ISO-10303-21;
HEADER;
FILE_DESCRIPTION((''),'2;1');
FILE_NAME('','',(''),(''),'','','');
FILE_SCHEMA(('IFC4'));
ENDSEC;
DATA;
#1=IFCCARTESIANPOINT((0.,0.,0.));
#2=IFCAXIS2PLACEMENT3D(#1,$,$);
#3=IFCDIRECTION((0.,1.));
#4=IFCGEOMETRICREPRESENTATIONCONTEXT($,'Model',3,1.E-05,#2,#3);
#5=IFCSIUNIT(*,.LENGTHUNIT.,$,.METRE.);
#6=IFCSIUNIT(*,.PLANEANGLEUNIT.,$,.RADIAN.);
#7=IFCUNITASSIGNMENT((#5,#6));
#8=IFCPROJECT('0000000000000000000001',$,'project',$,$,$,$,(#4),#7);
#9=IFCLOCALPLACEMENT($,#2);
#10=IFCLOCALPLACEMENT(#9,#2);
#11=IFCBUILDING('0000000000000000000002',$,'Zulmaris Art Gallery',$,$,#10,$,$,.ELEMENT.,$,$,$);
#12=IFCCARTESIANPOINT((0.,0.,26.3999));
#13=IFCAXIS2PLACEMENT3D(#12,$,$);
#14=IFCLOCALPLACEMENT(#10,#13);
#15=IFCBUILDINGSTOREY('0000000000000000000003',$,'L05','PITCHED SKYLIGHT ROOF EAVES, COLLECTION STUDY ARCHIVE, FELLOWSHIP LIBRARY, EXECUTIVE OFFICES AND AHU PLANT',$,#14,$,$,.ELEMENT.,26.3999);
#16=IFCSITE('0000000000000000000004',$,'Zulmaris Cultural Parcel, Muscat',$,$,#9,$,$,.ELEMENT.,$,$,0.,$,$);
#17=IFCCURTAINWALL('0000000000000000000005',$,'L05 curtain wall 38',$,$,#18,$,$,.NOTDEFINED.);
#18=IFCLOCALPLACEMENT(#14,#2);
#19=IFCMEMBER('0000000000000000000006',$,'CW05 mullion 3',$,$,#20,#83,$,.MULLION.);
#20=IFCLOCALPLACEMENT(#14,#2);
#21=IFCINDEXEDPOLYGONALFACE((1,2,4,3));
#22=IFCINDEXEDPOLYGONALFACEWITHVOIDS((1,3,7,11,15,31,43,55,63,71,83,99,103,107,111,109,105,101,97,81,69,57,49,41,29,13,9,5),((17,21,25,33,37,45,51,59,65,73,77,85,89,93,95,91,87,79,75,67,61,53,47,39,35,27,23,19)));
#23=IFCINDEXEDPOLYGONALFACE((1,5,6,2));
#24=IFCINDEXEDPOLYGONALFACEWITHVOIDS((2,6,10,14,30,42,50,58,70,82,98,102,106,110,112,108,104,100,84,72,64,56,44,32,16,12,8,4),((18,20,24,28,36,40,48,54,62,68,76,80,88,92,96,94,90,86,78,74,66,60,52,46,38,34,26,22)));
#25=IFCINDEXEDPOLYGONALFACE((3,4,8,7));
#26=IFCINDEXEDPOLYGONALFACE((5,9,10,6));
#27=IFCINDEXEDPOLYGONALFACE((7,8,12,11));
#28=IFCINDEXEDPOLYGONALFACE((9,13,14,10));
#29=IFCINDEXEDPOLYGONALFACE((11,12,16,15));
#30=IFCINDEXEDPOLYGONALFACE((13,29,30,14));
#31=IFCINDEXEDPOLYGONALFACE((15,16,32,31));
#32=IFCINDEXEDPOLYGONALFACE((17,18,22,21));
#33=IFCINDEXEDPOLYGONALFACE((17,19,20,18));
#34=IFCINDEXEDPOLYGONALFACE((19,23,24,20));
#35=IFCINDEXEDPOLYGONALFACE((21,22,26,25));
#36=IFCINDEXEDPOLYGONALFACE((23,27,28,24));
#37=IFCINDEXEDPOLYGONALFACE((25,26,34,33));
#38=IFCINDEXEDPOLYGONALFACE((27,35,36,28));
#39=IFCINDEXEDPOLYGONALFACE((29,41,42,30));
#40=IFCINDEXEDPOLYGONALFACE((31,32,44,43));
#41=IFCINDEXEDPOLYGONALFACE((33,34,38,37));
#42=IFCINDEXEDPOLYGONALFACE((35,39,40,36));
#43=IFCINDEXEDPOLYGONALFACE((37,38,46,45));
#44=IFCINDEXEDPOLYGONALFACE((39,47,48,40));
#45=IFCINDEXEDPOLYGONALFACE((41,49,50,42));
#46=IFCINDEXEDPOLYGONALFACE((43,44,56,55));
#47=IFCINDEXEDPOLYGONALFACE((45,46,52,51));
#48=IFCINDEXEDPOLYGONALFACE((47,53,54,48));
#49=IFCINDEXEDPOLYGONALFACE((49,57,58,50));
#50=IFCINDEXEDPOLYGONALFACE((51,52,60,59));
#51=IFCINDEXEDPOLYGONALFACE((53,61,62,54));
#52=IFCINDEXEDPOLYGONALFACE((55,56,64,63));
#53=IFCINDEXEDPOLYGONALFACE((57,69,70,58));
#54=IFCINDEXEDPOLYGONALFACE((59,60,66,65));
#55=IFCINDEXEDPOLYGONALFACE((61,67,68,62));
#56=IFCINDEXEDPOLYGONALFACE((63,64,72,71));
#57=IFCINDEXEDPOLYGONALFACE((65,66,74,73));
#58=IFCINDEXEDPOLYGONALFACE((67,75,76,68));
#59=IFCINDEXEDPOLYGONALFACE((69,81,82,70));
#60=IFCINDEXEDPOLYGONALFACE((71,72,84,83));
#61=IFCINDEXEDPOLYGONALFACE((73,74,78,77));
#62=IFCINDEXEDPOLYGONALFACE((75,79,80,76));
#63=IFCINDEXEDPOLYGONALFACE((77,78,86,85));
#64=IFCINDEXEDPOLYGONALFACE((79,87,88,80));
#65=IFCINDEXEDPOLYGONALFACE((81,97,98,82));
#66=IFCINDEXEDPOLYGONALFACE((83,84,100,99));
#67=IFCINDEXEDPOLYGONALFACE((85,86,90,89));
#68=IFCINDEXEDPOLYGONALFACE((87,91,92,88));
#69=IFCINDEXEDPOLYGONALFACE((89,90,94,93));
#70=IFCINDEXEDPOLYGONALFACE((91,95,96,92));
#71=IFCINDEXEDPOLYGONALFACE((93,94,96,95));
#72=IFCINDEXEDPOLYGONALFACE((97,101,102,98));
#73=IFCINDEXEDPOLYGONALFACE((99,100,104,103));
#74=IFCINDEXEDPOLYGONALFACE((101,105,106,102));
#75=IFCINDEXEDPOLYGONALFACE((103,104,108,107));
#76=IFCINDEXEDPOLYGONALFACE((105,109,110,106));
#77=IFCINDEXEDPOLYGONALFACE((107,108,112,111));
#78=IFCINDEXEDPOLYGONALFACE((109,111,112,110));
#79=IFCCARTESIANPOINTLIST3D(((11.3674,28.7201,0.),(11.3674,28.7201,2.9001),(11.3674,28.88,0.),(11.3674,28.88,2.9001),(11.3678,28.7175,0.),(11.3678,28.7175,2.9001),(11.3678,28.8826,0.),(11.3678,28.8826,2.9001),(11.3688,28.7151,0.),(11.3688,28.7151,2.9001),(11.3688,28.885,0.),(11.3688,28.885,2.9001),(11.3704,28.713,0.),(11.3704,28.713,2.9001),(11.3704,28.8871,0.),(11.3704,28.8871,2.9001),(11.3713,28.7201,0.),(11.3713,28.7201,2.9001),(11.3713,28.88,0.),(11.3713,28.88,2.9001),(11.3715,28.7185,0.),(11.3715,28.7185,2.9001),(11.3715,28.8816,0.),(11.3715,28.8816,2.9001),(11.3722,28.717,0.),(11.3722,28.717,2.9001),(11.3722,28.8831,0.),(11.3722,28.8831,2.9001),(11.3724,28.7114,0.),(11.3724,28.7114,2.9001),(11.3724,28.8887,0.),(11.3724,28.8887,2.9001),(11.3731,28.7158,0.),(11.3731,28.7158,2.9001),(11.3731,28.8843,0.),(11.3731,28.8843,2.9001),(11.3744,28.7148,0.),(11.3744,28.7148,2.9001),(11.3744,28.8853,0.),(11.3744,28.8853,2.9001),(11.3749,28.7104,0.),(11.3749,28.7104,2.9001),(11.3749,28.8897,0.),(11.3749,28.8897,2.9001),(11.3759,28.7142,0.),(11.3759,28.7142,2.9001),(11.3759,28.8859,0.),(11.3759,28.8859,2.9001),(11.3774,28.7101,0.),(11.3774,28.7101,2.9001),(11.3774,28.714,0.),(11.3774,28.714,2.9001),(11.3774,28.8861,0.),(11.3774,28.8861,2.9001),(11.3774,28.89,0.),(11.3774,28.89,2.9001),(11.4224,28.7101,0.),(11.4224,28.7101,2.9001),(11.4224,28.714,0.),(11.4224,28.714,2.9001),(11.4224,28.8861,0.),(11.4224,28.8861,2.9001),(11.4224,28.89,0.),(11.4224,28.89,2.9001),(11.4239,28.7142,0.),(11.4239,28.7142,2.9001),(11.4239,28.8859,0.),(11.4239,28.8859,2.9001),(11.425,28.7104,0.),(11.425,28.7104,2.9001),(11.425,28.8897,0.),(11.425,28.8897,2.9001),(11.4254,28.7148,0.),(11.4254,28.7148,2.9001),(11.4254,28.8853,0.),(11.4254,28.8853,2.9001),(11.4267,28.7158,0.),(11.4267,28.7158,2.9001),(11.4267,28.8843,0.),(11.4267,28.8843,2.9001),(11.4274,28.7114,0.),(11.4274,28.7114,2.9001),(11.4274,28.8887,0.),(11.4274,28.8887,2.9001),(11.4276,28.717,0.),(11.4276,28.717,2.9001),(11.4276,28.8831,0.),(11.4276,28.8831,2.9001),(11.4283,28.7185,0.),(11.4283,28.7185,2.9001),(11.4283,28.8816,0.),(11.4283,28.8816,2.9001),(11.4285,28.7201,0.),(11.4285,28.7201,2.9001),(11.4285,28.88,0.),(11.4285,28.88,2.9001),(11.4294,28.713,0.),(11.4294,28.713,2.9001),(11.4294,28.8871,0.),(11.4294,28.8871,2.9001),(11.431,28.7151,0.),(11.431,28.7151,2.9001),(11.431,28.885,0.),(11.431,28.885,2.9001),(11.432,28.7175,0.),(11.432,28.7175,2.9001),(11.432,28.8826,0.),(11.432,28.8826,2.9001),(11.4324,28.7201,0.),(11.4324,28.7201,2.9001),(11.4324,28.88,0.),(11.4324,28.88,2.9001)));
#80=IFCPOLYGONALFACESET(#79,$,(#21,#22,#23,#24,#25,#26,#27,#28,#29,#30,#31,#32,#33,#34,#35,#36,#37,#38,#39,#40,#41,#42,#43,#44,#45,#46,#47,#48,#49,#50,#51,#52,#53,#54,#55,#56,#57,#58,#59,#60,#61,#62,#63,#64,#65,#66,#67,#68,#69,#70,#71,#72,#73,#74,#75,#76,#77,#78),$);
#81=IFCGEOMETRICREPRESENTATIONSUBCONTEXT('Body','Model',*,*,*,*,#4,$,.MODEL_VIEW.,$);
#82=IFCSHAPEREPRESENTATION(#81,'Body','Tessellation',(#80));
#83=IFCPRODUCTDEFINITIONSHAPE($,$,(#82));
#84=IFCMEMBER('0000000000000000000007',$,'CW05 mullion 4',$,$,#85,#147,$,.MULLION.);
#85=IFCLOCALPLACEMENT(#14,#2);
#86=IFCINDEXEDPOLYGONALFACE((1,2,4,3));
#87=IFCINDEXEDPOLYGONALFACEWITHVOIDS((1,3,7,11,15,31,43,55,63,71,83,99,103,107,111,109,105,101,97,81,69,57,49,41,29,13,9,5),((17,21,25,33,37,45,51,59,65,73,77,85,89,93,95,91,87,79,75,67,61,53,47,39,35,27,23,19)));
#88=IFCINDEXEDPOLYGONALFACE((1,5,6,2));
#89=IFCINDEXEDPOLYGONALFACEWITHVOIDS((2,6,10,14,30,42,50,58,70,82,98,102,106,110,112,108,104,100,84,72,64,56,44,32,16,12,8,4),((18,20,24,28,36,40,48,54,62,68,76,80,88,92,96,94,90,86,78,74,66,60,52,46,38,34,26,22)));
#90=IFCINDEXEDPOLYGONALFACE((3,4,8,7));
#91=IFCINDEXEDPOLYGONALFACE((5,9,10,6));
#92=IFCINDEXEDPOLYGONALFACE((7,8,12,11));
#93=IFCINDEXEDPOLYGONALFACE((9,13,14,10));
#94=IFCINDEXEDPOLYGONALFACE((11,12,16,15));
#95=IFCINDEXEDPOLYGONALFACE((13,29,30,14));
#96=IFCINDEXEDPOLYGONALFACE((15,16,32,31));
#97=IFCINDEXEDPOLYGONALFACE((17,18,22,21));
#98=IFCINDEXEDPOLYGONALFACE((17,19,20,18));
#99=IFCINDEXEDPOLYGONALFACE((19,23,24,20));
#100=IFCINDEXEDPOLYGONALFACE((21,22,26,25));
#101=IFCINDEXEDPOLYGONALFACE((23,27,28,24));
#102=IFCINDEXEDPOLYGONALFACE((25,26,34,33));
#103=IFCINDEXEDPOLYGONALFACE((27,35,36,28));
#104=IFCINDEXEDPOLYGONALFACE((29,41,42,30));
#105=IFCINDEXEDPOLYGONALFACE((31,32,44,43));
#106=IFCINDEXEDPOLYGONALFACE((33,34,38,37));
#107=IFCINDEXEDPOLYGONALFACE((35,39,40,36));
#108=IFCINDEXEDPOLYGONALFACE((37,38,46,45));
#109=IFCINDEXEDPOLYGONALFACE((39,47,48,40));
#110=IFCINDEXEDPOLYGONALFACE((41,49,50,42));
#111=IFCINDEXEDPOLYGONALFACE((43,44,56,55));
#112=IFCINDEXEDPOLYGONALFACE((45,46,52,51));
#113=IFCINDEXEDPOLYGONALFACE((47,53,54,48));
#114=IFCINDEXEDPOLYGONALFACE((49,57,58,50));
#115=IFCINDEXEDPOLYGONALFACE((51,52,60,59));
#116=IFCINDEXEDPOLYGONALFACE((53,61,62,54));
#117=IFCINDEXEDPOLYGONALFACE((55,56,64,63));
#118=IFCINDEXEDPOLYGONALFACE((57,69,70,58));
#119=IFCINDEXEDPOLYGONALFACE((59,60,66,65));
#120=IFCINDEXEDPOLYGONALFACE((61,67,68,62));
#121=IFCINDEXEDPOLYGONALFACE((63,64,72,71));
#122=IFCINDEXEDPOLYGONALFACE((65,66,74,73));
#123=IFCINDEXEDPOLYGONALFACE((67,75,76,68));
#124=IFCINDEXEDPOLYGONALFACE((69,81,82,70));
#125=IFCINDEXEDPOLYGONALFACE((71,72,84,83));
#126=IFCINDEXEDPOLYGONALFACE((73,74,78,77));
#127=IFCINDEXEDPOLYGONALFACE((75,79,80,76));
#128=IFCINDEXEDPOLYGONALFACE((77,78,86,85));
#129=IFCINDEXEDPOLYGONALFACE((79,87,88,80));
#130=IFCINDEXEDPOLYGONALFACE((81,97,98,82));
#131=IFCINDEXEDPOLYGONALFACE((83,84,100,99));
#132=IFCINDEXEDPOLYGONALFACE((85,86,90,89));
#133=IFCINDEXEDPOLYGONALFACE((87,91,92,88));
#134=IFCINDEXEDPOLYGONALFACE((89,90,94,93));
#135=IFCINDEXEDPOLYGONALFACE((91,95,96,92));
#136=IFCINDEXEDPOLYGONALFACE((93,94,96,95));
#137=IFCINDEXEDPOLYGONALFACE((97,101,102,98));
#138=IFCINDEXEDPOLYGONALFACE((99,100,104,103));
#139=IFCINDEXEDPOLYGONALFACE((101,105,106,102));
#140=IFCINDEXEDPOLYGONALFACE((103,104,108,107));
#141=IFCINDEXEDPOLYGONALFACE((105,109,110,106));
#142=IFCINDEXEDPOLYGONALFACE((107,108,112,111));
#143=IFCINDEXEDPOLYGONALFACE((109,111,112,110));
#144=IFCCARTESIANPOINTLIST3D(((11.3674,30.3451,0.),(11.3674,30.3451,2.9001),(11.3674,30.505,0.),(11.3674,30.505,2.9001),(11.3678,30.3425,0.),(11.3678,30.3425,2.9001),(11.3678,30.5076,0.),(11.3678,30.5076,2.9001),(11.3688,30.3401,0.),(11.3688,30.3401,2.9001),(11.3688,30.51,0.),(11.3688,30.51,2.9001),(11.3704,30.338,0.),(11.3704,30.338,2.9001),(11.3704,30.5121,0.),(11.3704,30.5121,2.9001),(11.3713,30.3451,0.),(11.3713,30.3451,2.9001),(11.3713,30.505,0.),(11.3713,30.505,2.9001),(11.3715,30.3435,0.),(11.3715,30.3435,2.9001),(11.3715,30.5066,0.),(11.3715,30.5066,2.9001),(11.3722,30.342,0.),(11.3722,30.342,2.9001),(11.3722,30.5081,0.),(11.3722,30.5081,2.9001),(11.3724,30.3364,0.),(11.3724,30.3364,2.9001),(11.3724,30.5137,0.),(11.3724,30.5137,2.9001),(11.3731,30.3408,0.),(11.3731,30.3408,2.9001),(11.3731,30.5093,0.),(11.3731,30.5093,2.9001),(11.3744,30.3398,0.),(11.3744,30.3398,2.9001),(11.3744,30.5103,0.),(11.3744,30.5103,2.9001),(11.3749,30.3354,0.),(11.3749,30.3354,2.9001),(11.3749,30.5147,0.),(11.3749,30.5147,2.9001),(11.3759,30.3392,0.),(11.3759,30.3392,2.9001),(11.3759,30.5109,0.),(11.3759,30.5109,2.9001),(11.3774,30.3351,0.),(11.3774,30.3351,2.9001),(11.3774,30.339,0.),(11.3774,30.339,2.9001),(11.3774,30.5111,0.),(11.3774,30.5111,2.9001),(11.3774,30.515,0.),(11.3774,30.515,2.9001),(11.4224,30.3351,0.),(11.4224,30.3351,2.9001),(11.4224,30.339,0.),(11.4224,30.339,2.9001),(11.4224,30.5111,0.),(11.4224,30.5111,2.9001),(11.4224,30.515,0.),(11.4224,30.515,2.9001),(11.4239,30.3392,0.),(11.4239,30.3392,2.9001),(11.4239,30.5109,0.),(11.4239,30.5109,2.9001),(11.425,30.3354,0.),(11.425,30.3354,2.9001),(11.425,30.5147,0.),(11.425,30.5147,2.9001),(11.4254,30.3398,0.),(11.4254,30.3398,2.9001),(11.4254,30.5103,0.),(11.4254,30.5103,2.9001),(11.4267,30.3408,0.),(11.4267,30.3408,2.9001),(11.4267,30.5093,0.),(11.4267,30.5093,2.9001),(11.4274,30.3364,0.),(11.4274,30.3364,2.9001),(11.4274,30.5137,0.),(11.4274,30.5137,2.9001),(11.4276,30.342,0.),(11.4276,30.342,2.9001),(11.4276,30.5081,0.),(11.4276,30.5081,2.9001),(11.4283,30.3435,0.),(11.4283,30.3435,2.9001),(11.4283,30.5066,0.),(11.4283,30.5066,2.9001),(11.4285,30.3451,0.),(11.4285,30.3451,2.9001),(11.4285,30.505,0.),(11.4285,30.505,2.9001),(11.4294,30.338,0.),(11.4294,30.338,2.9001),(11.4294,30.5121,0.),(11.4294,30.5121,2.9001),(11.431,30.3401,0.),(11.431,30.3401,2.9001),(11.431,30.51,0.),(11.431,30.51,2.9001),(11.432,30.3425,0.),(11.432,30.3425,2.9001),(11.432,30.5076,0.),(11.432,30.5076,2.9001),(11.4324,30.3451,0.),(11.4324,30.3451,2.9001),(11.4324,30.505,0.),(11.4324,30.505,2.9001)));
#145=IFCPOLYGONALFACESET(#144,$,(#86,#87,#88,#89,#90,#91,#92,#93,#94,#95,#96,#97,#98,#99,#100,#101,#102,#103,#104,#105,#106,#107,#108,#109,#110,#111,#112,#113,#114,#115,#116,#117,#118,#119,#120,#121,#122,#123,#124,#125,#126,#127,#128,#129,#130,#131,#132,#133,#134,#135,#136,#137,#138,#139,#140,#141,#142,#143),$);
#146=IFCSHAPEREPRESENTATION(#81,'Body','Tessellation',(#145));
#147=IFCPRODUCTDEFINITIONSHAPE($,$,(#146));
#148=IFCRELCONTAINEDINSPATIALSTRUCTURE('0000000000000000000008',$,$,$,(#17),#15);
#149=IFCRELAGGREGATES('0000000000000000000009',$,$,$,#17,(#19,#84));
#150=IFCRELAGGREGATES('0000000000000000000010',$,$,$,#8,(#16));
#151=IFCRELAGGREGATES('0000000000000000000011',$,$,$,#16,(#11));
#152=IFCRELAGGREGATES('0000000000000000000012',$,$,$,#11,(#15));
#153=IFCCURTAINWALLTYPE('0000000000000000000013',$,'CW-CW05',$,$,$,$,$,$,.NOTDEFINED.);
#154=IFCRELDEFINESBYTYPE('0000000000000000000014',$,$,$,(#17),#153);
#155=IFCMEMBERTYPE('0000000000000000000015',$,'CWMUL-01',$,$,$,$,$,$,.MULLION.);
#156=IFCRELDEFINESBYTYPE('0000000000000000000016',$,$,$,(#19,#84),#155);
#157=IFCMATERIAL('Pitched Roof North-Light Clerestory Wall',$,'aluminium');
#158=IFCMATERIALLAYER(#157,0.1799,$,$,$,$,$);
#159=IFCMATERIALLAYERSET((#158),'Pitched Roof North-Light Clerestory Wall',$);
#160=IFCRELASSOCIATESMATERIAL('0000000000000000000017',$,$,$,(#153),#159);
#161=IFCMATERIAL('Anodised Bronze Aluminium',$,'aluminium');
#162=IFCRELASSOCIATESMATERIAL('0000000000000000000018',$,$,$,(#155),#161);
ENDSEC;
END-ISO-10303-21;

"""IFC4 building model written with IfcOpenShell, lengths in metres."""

from ifc_helpers import new_model, si_unit, direction, frame, origin, origin_2d, place, context, subcontext, project, spatial, hollow_rectangle, extrude, material, layer, layer_set, material_profile, profile_set, type_object, element, aggregate, save


model = new_model("IFC4")

# Units and contexts
model_context = context("Model", 3, precision=1e-05, world=origin(), true_north=direction((0.0, 1.0)))
body_context = subcontext(model_context, "Body", "Model", "MODEL_VIEW")
ifc_project = project(units=[si_unit("LENGTHUNIT", "METRE"), si_unit("PLANEANGLEUNIT", "RADIAN")], contexts=[model_context])

# Site, building, storey
site_placement = place(None, origin())
site = spatial("IfcSite", under=ifc_project, at=site_placement, Name="Zulmaris Cultural Parcel, Muscat", CompositionType="ELEMENT", RefElevation=0.0)
building_placement = place(site_placement, origin())
building = spatial("IfcBuilding", under=site, at=building_placement, Name="Zulmaris Art Gallery", CompositionType="ELEMENT")
storey_placement = place(building_placement, frame((0.0, 0.0, 26.3999)))
storey = spatial("IfcBuildingStorey", under=building, at=storey_placement, Name="L05", Description="PITCHED SKYLIGHT ROOF EAVES, COLLECTION STUDY ARCHIVE, FELLOWSHIP LIBRARY, EXECUTIVE OFFICES AND AHU PLANT", CompositionType="ELEMENT", Elevation=26.3999)

# Curtain wall, members
ifc_material_1 = material(Name="Pitched Roof North-Light Clerestory Wall", Category="aluminium")
ifc_layer_1 = layer(ifc_material_1, 0.1799)
ifc_layer_set_1 = layer_set([ifc_layer_1], Name="Pitched Roof North-Light Clerestory Wall")
curtain_wall_type = type_object("IfcCurtainWallType", Name="CW-CW05", PredefinedType="NOTDEFINED", material=ifc_layer_set_1)
curtain_wall_1_placement = place(storey_placement, origin())
curtain_wall_1 = element("IfcCurtainWall", 1, at=curtain_wall_1_placement, inside=storey, type_object=curtain_wall_type, Name="L05 curtain wall 38", PredefinedType="NOTDEFINED")
ifc_material_2 = material(Name="Anodised Bronze Aluminium", Category="aluminium")
ifc_material_profile_1 = material_profile(ifc_material_2, hollow_rectangle(XDim=0.0649, YDim=0.1799, WallThickness=0.0039, InnerFilletRadius=0.0061, OuterFilletRadius=0.01, at=origin_2d()), Name="ALU 65x180x4")
ifc_profile_set_1 = profile_set([ifc_material_profile_1], Name="Anodised Bronze Aluminium")
member_type_1 = type_object("IfcMemberType", Name="CWMUL-01", PredefinedType="MULLION", material=ifc_profile_set_1)
member_1_placement = place(storey_placement, frame((11.3999, 28.8, 0.0), z_axis=(0.0, 0.0, 1.0), x_axis=(-1.0, 0.0, 0.0)))
member_1 = element("IfcMember", 2, at=member_1_placement, type_object=member_type_1, Name="CW05 mullion 3", PredefinedType="MULLION", context=body_context, shape_type="SweptSolid", body=[
    extrude(hollow_rectangle(XDim=0.0649, YDim=0.1799, WallThickness=0.0039, InnerFilletRadius=0.0061, OuterFilletRadius=0.01, at=origin_2d()), origin(), (0.0, 0.0, 1.0), 2.9001),
])
member_2_placement = place(storey_placement, frame((11.3999, 30.425, 0.0), z_axis=(0.0, 0.0, 1.0), x_axis=(-1.0, 0.0, 0.0)))
member_2 = element("IfcMember", 3, at=member_2_placement, type_object=member_type_1, Name="CW05 mullion 4", PredefinedType="MULLION", context=body_context, shape_type="SweptSolid", body=[
    extrude(hollow_rectangle(XDim=0.0649, YDim=0.1799, WallThickness=0.0039, InnerFilletRadius=0.0061, OuterFilletRadius=0.01, at=origin_2d()), origin(), (0.0, 0.0, 1.0), 2.9001),
])

aggregate(curtain_wall_1, [member_1, member_2])

save(model, "model.ifc")
